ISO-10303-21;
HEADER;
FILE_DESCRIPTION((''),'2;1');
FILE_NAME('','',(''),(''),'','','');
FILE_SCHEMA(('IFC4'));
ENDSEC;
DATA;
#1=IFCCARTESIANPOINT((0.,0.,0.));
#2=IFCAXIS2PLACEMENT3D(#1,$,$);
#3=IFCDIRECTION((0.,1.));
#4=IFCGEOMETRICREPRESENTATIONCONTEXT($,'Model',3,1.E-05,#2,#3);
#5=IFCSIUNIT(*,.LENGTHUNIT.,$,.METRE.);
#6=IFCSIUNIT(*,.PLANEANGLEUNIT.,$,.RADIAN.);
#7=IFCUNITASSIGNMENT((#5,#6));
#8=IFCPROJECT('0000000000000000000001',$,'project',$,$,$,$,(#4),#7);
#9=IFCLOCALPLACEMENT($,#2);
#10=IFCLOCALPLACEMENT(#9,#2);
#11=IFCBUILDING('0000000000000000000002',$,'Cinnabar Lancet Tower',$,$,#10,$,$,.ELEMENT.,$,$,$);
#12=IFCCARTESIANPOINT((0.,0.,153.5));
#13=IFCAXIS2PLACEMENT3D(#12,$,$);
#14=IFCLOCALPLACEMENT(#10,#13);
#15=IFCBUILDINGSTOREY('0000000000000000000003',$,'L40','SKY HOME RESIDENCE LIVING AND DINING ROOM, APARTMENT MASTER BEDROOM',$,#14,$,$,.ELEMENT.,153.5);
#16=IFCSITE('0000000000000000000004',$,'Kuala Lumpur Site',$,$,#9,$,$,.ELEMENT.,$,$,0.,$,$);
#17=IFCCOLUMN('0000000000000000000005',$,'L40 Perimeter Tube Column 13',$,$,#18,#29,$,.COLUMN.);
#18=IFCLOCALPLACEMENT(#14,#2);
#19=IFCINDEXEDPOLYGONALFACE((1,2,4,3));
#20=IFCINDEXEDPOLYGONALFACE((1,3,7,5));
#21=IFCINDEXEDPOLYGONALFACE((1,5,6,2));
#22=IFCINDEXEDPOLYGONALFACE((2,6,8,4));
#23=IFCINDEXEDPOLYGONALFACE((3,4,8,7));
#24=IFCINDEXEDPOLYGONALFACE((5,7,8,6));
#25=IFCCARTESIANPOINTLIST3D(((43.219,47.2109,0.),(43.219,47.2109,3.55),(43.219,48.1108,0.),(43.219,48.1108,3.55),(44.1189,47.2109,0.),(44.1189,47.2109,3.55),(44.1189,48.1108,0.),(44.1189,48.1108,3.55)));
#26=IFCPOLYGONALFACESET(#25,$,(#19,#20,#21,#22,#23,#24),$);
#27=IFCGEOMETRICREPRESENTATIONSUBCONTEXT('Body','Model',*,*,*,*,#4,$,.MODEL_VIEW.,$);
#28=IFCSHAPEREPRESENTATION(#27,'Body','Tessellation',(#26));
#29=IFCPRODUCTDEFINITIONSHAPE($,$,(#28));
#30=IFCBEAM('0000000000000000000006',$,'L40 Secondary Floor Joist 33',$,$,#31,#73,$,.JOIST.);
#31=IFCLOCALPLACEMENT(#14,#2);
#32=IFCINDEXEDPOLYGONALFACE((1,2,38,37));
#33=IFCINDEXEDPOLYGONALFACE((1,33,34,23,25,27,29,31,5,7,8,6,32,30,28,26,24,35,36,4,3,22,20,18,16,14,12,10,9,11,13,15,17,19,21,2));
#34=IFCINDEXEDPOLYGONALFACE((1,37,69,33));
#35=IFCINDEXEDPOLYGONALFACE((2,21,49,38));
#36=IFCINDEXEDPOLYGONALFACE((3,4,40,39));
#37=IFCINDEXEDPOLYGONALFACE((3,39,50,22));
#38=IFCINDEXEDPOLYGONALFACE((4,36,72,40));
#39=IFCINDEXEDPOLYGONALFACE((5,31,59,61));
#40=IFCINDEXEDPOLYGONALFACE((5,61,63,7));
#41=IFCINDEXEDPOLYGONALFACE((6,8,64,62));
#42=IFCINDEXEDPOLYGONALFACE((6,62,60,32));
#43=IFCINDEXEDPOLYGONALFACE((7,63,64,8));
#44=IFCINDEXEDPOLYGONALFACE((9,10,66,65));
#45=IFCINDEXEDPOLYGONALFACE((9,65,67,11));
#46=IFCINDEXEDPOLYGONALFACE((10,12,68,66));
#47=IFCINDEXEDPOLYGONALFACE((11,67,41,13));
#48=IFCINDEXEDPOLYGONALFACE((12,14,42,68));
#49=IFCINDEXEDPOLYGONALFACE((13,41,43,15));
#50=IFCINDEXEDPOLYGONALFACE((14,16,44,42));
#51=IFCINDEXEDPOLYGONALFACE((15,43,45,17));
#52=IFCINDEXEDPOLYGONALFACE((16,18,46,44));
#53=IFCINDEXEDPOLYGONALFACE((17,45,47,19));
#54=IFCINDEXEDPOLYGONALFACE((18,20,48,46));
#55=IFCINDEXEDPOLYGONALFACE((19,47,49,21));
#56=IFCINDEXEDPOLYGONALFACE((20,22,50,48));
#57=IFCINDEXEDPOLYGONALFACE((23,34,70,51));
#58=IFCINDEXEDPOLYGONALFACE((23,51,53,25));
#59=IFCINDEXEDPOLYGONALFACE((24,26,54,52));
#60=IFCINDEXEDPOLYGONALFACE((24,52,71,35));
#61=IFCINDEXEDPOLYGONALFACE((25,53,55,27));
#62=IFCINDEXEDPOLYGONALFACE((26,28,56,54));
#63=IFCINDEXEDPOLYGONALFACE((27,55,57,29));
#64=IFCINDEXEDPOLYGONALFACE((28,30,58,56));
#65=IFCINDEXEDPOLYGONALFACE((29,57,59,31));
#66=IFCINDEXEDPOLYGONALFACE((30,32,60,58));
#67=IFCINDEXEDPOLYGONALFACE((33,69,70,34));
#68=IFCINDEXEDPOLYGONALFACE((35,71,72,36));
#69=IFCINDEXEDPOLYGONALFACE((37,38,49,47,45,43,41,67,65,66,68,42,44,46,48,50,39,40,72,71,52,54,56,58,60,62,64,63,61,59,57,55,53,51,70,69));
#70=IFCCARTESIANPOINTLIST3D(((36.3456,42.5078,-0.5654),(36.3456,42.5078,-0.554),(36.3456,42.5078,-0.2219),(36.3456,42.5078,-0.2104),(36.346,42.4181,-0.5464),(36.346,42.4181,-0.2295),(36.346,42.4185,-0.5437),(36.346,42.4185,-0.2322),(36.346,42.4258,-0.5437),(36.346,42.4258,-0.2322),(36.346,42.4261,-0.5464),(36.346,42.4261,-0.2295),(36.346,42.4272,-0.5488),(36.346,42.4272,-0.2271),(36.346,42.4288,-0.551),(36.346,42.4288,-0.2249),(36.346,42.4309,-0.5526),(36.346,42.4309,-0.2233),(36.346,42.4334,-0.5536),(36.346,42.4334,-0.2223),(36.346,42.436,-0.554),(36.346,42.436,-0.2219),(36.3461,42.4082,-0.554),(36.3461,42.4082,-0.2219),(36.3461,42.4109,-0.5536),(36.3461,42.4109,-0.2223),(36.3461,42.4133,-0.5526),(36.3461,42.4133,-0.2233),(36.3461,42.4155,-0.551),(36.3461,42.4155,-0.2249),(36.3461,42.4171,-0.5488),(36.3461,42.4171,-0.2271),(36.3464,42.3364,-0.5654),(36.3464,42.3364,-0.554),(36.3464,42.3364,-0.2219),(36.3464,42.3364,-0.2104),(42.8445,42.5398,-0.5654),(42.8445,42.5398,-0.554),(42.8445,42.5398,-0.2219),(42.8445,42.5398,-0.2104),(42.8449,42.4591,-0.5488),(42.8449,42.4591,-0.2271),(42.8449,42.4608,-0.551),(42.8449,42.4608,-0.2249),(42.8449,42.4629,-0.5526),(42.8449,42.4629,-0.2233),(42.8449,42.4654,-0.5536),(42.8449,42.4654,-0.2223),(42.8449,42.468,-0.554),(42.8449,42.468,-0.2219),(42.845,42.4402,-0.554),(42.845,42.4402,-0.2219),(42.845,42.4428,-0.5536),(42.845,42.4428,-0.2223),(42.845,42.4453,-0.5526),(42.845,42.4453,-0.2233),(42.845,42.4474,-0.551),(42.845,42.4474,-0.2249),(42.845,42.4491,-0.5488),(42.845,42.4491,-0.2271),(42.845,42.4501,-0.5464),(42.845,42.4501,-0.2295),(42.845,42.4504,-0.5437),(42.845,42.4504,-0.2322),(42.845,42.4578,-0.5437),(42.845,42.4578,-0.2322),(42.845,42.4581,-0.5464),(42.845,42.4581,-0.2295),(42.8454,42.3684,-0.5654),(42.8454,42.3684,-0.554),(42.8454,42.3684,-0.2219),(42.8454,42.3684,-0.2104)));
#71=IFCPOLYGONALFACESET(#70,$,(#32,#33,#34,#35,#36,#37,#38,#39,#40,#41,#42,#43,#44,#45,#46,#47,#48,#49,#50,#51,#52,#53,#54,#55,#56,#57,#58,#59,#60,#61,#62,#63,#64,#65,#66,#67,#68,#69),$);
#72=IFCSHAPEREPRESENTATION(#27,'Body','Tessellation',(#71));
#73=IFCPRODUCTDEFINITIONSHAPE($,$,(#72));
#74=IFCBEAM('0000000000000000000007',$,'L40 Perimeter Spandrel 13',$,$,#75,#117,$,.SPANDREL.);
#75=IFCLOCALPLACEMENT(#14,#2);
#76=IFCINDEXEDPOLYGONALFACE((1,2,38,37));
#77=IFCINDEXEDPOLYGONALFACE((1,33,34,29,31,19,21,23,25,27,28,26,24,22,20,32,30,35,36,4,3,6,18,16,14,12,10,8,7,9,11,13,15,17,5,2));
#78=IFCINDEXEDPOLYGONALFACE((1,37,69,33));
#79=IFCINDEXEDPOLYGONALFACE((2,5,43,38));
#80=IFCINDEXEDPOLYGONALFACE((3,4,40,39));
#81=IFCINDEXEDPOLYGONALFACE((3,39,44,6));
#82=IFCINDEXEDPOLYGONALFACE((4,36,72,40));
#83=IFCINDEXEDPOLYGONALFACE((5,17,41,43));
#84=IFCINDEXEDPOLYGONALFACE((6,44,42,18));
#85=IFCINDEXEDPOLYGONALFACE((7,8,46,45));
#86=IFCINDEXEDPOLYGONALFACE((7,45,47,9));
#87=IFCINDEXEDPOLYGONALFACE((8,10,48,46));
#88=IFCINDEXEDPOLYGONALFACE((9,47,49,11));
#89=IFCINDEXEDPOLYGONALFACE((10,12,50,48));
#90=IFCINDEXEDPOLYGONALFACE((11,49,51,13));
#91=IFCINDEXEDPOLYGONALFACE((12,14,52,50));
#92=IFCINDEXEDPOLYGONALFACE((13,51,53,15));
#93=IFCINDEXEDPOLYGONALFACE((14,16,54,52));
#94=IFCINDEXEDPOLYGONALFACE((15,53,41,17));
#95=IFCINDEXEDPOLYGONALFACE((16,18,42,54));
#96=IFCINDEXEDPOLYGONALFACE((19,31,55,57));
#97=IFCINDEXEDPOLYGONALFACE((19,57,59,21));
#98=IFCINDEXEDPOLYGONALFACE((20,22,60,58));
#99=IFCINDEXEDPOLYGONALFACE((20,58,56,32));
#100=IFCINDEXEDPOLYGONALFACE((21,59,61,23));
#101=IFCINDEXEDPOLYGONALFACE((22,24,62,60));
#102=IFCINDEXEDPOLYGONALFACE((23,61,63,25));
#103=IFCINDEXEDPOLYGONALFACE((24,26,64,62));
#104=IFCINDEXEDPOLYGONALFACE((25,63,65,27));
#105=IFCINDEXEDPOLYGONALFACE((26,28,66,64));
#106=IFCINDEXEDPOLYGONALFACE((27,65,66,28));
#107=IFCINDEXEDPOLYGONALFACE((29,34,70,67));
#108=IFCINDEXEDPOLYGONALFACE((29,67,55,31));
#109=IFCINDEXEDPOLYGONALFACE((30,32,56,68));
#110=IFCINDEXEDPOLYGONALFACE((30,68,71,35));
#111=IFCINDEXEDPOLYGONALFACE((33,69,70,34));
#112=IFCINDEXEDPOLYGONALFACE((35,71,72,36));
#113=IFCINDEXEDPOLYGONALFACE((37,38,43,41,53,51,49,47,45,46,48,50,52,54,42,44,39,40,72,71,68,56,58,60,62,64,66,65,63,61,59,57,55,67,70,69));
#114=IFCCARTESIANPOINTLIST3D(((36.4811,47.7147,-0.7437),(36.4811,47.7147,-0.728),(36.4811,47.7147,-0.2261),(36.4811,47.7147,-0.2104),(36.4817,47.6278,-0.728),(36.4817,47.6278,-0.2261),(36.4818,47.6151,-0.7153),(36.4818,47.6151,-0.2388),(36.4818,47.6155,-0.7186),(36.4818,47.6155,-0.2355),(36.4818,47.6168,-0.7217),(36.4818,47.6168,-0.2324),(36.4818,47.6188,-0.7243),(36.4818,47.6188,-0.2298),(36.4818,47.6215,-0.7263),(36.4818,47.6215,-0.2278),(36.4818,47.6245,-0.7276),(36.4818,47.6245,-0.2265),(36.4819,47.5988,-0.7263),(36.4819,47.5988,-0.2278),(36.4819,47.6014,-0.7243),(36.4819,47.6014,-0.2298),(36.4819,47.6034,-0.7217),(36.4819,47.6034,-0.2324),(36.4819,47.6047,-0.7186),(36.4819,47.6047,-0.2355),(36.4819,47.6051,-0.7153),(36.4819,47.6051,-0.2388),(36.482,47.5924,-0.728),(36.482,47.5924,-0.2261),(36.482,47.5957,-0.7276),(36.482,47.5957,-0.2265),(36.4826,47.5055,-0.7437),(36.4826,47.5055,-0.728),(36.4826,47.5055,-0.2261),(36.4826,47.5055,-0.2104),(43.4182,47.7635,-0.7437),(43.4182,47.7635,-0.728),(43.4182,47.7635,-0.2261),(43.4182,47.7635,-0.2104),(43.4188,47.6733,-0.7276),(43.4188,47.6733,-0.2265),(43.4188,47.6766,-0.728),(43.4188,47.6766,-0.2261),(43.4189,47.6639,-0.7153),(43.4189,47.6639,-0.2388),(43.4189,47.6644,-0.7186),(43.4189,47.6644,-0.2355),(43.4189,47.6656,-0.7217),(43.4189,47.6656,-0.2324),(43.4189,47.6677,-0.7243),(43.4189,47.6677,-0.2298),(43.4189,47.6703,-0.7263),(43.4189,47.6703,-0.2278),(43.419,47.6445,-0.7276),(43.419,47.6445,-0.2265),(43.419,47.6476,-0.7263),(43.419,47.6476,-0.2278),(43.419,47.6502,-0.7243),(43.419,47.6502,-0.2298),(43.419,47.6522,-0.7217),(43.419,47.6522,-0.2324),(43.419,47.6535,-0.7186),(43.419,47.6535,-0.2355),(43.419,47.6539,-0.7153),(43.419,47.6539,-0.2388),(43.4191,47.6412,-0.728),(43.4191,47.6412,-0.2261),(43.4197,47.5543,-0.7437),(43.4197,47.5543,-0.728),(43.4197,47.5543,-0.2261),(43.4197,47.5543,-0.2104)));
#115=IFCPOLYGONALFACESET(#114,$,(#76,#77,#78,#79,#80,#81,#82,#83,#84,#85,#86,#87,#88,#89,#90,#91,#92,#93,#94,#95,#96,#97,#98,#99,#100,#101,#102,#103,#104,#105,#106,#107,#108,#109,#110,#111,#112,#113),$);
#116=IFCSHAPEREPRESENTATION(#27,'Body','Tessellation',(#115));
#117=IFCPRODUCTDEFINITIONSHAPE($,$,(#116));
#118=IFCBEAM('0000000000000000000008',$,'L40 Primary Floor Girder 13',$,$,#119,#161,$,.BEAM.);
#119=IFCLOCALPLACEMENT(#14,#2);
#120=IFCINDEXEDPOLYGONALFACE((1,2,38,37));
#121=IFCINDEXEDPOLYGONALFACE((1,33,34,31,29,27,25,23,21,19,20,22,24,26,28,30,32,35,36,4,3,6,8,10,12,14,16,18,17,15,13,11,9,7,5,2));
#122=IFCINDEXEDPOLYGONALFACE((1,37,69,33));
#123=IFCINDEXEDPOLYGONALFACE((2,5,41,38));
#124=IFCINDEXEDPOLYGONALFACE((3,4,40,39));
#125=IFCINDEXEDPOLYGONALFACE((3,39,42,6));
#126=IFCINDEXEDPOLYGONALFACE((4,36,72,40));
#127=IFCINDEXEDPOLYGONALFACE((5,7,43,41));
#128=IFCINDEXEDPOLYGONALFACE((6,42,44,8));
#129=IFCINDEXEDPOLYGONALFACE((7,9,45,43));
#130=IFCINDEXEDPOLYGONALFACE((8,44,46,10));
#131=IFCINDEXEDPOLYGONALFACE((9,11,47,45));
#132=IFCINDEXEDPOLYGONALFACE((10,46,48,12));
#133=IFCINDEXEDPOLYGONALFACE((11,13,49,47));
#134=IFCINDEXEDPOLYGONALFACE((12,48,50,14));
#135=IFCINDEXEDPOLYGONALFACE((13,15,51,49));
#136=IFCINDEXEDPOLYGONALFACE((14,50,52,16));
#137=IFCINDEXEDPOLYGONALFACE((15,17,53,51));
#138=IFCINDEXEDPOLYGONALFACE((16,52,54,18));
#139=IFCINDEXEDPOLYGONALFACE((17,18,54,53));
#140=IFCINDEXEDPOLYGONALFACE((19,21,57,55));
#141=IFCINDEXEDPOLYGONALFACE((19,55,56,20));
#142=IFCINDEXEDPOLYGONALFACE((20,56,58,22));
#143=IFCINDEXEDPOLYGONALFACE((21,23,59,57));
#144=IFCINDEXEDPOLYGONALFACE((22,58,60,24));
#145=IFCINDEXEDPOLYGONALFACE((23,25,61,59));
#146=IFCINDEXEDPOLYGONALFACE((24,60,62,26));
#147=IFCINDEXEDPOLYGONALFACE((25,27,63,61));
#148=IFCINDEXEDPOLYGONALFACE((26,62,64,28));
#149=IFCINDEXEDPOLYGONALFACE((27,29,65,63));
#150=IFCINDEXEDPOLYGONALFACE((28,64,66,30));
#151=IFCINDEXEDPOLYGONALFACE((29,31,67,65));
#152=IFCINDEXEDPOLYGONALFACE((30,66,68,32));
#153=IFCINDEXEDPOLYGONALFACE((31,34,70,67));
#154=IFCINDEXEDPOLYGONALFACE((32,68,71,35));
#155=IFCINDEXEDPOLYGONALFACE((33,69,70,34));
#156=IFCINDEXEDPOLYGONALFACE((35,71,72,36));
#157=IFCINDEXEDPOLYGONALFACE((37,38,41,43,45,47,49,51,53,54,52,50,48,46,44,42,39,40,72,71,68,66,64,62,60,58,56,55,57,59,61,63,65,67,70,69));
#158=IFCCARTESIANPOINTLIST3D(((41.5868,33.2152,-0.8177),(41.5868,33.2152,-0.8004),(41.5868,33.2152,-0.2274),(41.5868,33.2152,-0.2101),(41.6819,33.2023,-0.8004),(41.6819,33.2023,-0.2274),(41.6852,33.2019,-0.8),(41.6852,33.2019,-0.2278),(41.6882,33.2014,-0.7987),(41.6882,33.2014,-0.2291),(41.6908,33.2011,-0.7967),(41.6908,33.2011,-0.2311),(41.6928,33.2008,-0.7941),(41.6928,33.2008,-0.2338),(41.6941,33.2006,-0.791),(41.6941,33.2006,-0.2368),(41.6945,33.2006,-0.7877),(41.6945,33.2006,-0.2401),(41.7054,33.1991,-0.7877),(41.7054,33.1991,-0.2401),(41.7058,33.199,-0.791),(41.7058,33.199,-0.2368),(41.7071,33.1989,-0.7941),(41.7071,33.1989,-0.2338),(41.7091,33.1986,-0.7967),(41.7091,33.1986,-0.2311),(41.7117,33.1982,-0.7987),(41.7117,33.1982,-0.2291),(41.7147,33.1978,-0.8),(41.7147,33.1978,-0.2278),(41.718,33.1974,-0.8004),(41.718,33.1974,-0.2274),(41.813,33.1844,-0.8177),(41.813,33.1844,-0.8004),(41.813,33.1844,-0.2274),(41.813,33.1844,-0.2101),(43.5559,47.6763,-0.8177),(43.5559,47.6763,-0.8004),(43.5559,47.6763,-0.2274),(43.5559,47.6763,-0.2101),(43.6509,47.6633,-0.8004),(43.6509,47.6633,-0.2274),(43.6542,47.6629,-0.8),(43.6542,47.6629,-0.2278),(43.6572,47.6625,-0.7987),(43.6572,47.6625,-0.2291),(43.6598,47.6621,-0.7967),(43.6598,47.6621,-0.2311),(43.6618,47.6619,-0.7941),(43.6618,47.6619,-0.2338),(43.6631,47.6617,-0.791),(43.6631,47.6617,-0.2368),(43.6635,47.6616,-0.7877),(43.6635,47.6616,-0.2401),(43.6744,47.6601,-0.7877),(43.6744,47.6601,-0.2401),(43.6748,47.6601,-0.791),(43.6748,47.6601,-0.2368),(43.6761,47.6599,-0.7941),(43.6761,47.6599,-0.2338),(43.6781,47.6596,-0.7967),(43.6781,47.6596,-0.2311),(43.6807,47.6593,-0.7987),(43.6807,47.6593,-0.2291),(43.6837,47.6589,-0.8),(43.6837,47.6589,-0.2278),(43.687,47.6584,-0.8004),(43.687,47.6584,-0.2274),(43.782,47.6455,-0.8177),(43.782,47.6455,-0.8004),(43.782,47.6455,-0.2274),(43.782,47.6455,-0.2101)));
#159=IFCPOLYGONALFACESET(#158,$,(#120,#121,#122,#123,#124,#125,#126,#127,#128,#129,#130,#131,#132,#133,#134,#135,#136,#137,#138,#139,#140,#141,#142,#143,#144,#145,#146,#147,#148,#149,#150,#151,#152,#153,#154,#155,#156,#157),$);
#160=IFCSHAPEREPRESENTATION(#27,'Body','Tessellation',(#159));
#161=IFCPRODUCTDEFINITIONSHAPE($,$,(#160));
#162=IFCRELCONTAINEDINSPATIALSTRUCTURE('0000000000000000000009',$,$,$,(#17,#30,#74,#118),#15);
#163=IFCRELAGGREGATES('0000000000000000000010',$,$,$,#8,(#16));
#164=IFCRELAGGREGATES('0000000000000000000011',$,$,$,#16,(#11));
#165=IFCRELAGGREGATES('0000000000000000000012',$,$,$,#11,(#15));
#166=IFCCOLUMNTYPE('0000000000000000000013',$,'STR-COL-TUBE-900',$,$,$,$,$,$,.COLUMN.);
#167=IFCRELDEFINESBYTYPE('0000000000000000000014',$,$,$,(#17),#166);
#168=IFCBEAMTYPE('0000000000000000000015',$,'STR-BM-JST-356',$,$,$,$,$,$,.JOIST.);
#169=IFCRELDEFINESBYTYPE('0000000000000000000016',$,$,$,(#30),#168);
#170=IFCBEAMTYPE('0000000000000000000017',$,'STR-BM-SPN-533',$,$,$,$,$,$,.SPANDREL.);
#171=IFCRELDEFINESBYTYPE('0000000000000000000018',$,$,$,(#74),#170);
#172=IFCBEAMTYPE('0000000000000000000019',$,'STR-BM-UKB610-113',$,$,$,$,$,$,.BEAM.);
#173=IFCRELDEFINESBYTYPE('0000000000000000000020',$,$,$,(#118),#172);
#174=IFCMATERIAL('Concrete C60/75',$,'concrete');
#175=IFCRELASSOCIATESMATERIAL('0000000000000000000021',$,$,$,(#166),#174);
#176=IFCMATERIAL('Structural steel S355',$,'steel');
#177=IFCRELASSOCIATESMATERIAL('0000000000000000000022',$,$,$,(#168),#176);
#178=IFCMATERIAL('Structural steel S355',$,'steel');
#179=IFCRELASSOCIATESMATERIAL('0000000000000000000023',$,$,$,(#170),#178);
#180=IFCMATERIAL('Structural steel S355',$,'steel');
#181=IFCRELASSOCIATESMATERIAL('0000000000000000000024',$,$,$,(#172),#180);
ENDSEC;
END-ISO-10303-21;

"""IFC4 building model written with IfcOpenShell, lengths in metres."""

from ifc_helpers import new_model, si_unit, direction, frame, origin, origin_2d, place, context, subcontext, project, spatial, rectangle, i_section, extrude, material, material_profile, profile_set, type_object, element, save


model = new_model("IFC4")

# Units and contexts
model_context = context("Model", 3, precision=1e-05, world=origin(), true_north=direction((0.0, 1.0)))
body_context = subcontext(model_context, "Body", "Model", "MODEL_VIEW")
ifc_project = project(units=[si_unit("LENGTHUNIT", "METRE"), si_unit("PLANEANGLEUNIT", "RADIAN")], contexts=[model_context])

# Site, building, storey
site_placement = place(None, origin())
site = spatial("IfcSite", under=ifc_project, at=site_placement, Name="Kuala Lumpur Site", CompositionType="ELEMENT", RefElevation=0.0)
building_placement = place(site_placement, origin())
building = spatial("IfcBuilding", under=site, at=building_placement, Name="Cinnabar Lancet Tower", CompositionType="ELEMENT")
storey_placement = place(building_placement, frame((0.0, 0.0, 153.5)))
storey = spatial("IfcBuildingStorey", under=building, at=storey_placement, Name="L40", Description="SKY HOME RESIDENCE LIVING AND DINING ROOM, APARTMENT MASTER BEDROOM", CompositionType="ELEMENT", Elevation=153.5)

# Column
ifc_material_1 = material(Name="Concrete C60/75", Category="concrete")
ifc_material_profile_1 = material_profile(ifc_material_1, rectangle(XDim=0.8999, YDim=0.8999, at=origin_2d()), Name="RC-COL 900x900")
ifc_profile_set_1 = profile_set([ifc_material_profile_1], Name="Concrete C60/75")
column_type = type_object("IfcColumnType", Name="STR-COL-TUBE-900", PredefinedType="COLUMN", material=ifc_profile_set_1)
column_placement = place(storey_placement, frame((43.6689, 47.6609, 0.0), z_axis=(0.0, 0.0, 1.0), x_axis=(1.0, 0.0, 0.0)))
element("IfcColumn", 1, at=column_placement, inside=storey, type_object=column_type, Name="L40 Perimeter Tube Column 13", PredefinedType="COLUMN", context=body_context, shape_type="SweptSolid", body=[
    extrude(rectangle(XDim=0.8999, YDim=0.8999, at=origin_2d()), origin(), (0.0, 0.0, 1.0), 3.55),
])

# Beams
ifc_material_2 = material(Name="Structural steel S355", Category="steel")
ifc_material_profile_2 = material_profile(ifc_material_2, i_section(OverallWidth=0.1714, OverallDepth=0.355, WebThickness=0.0073, FlangeThickness=0.0115, FilletRadius=0.0103, at=origin_2d()), Name="UKB 356x171x51")
ifc_profile_set_2 = profile_set([ifc_material_profile_2], Name="Structural steel S355")
beam_type_1 = type_object("IfcBeamType", Name="STR-BM-JST-356", PredefinedType="JOIST", material=ifc_profile_set_2)
beam_1_placement = place(storey_placement, frame((42.845, 42.4541, -0.3879), z_axis=(-0.999988, -0.004921, 0.0), x_axis=(0.004921, -0.999988, 0.0)))
element("IfcBeam", 2, at=beam_1_placement, inside=storey, type_object=beam_type_1, Name="L40 Secondary Floor Joist 33", PredefinedType="JOIST", context=body_context, shape_type="SweptSolid", body=[
    extrude(i_section(OverallWidth=0.1714, OverallDepth=0.355, WebThickness=0.0073, FlangeThickness=0.0115, FilletRadius=0.0103, at=origin_2d()), origin(), (0.0, 0.0, 1.0), 6.499),
])
ifc_material_3 = material(Name="Structural steel S355", Category="steel")
ifc_material_profile_3 = material_profile(ifc_material_3, i_section(OverallWidth=0.2092, OverallDepth=0.5332, WebThickness=0.01, FlangeThickness=0.0156, FilletRadius=0.0127, at=origin_2d()), Name="UKB 533x210x92")
ifc_profile_set_3 = profile_set([ifc_material_profile_3], Name="Structural steel S355")
beam_type_2 = type_object("IfcBeamType", Name="STR-BM-SPN-533", PredefinedType="SPANDREL", material=ifc_profile_set_3)
beam_2_placement = place(storey_placement, frame((43.4189, 47.6589, -0.4771), z_axis=(-0.999975, -0.007039, 0.0), x_axis=(0.007039, -0.999975, 0.0)))
element("IfcBeam", 3, at=beam_2_placement, inside=storey, type_object=beam_type_2, Name="L40 Perimeter Spandrel 13", PredefinedType="SPANDREL", context=body_context, shape_type="SweptSolid", body=[
    extrude(i_section(OverallWidth=0.2092, OverallDepth=0.5332, WebThickness=0.01, FlangeThickness=0.0156, FilletRadius=0.0127, at=origin_2d()), origin(), (0.0, 0.0, 1.0), 6.9373),
])
ifc_material_4 = material(Name="Structural steel S355", Category="steel")
ifc_material_profile_4 = material_profile(ifc_material_4, i_section(OverallWidth=0.2283, OverallDepth=0.6077, WebThickness=0.011, FlangeThickness=0.0173, FilletRadius=0.0127, at=origin_2d()), Name="UKB 610x229x113")
ifc_profile_set_4 = profile_set([ifc_material_profile_4], Name="Structural steel S355")
beam_type_3 = type_object("IfcBeamType", Name="STR-BM-UKB610-113", PredefinedType="BEAM", material=ifc_profile_set_4)
beam_3_placement = place(storey_placement, frame((43.6689, 47.6609, -0.5139), z_axis=(-0.134915, -0.990857, 0.0), x_axis=(0.990857, -0.134915, 0.0)))
element("IfcBeam", 4, at=beam_3_placement, inside=storey, type_object=beam_type_3, Name="L40 Primary Floor Girder 13", PredefinedType="BEAM", context=body_context, shape_type="SweptSolid", body=[
    extrude(i_section(OverallWidth=0.2283, OverallDepth=0.6077, WebThickness=0.011, FlangeThickness=0.0173, FilletRadius=0.0127, at=origin_2d()), origin(), (0.0, 0.0, 1.0), 14.5945),
])

save(model, "model.ifc")
